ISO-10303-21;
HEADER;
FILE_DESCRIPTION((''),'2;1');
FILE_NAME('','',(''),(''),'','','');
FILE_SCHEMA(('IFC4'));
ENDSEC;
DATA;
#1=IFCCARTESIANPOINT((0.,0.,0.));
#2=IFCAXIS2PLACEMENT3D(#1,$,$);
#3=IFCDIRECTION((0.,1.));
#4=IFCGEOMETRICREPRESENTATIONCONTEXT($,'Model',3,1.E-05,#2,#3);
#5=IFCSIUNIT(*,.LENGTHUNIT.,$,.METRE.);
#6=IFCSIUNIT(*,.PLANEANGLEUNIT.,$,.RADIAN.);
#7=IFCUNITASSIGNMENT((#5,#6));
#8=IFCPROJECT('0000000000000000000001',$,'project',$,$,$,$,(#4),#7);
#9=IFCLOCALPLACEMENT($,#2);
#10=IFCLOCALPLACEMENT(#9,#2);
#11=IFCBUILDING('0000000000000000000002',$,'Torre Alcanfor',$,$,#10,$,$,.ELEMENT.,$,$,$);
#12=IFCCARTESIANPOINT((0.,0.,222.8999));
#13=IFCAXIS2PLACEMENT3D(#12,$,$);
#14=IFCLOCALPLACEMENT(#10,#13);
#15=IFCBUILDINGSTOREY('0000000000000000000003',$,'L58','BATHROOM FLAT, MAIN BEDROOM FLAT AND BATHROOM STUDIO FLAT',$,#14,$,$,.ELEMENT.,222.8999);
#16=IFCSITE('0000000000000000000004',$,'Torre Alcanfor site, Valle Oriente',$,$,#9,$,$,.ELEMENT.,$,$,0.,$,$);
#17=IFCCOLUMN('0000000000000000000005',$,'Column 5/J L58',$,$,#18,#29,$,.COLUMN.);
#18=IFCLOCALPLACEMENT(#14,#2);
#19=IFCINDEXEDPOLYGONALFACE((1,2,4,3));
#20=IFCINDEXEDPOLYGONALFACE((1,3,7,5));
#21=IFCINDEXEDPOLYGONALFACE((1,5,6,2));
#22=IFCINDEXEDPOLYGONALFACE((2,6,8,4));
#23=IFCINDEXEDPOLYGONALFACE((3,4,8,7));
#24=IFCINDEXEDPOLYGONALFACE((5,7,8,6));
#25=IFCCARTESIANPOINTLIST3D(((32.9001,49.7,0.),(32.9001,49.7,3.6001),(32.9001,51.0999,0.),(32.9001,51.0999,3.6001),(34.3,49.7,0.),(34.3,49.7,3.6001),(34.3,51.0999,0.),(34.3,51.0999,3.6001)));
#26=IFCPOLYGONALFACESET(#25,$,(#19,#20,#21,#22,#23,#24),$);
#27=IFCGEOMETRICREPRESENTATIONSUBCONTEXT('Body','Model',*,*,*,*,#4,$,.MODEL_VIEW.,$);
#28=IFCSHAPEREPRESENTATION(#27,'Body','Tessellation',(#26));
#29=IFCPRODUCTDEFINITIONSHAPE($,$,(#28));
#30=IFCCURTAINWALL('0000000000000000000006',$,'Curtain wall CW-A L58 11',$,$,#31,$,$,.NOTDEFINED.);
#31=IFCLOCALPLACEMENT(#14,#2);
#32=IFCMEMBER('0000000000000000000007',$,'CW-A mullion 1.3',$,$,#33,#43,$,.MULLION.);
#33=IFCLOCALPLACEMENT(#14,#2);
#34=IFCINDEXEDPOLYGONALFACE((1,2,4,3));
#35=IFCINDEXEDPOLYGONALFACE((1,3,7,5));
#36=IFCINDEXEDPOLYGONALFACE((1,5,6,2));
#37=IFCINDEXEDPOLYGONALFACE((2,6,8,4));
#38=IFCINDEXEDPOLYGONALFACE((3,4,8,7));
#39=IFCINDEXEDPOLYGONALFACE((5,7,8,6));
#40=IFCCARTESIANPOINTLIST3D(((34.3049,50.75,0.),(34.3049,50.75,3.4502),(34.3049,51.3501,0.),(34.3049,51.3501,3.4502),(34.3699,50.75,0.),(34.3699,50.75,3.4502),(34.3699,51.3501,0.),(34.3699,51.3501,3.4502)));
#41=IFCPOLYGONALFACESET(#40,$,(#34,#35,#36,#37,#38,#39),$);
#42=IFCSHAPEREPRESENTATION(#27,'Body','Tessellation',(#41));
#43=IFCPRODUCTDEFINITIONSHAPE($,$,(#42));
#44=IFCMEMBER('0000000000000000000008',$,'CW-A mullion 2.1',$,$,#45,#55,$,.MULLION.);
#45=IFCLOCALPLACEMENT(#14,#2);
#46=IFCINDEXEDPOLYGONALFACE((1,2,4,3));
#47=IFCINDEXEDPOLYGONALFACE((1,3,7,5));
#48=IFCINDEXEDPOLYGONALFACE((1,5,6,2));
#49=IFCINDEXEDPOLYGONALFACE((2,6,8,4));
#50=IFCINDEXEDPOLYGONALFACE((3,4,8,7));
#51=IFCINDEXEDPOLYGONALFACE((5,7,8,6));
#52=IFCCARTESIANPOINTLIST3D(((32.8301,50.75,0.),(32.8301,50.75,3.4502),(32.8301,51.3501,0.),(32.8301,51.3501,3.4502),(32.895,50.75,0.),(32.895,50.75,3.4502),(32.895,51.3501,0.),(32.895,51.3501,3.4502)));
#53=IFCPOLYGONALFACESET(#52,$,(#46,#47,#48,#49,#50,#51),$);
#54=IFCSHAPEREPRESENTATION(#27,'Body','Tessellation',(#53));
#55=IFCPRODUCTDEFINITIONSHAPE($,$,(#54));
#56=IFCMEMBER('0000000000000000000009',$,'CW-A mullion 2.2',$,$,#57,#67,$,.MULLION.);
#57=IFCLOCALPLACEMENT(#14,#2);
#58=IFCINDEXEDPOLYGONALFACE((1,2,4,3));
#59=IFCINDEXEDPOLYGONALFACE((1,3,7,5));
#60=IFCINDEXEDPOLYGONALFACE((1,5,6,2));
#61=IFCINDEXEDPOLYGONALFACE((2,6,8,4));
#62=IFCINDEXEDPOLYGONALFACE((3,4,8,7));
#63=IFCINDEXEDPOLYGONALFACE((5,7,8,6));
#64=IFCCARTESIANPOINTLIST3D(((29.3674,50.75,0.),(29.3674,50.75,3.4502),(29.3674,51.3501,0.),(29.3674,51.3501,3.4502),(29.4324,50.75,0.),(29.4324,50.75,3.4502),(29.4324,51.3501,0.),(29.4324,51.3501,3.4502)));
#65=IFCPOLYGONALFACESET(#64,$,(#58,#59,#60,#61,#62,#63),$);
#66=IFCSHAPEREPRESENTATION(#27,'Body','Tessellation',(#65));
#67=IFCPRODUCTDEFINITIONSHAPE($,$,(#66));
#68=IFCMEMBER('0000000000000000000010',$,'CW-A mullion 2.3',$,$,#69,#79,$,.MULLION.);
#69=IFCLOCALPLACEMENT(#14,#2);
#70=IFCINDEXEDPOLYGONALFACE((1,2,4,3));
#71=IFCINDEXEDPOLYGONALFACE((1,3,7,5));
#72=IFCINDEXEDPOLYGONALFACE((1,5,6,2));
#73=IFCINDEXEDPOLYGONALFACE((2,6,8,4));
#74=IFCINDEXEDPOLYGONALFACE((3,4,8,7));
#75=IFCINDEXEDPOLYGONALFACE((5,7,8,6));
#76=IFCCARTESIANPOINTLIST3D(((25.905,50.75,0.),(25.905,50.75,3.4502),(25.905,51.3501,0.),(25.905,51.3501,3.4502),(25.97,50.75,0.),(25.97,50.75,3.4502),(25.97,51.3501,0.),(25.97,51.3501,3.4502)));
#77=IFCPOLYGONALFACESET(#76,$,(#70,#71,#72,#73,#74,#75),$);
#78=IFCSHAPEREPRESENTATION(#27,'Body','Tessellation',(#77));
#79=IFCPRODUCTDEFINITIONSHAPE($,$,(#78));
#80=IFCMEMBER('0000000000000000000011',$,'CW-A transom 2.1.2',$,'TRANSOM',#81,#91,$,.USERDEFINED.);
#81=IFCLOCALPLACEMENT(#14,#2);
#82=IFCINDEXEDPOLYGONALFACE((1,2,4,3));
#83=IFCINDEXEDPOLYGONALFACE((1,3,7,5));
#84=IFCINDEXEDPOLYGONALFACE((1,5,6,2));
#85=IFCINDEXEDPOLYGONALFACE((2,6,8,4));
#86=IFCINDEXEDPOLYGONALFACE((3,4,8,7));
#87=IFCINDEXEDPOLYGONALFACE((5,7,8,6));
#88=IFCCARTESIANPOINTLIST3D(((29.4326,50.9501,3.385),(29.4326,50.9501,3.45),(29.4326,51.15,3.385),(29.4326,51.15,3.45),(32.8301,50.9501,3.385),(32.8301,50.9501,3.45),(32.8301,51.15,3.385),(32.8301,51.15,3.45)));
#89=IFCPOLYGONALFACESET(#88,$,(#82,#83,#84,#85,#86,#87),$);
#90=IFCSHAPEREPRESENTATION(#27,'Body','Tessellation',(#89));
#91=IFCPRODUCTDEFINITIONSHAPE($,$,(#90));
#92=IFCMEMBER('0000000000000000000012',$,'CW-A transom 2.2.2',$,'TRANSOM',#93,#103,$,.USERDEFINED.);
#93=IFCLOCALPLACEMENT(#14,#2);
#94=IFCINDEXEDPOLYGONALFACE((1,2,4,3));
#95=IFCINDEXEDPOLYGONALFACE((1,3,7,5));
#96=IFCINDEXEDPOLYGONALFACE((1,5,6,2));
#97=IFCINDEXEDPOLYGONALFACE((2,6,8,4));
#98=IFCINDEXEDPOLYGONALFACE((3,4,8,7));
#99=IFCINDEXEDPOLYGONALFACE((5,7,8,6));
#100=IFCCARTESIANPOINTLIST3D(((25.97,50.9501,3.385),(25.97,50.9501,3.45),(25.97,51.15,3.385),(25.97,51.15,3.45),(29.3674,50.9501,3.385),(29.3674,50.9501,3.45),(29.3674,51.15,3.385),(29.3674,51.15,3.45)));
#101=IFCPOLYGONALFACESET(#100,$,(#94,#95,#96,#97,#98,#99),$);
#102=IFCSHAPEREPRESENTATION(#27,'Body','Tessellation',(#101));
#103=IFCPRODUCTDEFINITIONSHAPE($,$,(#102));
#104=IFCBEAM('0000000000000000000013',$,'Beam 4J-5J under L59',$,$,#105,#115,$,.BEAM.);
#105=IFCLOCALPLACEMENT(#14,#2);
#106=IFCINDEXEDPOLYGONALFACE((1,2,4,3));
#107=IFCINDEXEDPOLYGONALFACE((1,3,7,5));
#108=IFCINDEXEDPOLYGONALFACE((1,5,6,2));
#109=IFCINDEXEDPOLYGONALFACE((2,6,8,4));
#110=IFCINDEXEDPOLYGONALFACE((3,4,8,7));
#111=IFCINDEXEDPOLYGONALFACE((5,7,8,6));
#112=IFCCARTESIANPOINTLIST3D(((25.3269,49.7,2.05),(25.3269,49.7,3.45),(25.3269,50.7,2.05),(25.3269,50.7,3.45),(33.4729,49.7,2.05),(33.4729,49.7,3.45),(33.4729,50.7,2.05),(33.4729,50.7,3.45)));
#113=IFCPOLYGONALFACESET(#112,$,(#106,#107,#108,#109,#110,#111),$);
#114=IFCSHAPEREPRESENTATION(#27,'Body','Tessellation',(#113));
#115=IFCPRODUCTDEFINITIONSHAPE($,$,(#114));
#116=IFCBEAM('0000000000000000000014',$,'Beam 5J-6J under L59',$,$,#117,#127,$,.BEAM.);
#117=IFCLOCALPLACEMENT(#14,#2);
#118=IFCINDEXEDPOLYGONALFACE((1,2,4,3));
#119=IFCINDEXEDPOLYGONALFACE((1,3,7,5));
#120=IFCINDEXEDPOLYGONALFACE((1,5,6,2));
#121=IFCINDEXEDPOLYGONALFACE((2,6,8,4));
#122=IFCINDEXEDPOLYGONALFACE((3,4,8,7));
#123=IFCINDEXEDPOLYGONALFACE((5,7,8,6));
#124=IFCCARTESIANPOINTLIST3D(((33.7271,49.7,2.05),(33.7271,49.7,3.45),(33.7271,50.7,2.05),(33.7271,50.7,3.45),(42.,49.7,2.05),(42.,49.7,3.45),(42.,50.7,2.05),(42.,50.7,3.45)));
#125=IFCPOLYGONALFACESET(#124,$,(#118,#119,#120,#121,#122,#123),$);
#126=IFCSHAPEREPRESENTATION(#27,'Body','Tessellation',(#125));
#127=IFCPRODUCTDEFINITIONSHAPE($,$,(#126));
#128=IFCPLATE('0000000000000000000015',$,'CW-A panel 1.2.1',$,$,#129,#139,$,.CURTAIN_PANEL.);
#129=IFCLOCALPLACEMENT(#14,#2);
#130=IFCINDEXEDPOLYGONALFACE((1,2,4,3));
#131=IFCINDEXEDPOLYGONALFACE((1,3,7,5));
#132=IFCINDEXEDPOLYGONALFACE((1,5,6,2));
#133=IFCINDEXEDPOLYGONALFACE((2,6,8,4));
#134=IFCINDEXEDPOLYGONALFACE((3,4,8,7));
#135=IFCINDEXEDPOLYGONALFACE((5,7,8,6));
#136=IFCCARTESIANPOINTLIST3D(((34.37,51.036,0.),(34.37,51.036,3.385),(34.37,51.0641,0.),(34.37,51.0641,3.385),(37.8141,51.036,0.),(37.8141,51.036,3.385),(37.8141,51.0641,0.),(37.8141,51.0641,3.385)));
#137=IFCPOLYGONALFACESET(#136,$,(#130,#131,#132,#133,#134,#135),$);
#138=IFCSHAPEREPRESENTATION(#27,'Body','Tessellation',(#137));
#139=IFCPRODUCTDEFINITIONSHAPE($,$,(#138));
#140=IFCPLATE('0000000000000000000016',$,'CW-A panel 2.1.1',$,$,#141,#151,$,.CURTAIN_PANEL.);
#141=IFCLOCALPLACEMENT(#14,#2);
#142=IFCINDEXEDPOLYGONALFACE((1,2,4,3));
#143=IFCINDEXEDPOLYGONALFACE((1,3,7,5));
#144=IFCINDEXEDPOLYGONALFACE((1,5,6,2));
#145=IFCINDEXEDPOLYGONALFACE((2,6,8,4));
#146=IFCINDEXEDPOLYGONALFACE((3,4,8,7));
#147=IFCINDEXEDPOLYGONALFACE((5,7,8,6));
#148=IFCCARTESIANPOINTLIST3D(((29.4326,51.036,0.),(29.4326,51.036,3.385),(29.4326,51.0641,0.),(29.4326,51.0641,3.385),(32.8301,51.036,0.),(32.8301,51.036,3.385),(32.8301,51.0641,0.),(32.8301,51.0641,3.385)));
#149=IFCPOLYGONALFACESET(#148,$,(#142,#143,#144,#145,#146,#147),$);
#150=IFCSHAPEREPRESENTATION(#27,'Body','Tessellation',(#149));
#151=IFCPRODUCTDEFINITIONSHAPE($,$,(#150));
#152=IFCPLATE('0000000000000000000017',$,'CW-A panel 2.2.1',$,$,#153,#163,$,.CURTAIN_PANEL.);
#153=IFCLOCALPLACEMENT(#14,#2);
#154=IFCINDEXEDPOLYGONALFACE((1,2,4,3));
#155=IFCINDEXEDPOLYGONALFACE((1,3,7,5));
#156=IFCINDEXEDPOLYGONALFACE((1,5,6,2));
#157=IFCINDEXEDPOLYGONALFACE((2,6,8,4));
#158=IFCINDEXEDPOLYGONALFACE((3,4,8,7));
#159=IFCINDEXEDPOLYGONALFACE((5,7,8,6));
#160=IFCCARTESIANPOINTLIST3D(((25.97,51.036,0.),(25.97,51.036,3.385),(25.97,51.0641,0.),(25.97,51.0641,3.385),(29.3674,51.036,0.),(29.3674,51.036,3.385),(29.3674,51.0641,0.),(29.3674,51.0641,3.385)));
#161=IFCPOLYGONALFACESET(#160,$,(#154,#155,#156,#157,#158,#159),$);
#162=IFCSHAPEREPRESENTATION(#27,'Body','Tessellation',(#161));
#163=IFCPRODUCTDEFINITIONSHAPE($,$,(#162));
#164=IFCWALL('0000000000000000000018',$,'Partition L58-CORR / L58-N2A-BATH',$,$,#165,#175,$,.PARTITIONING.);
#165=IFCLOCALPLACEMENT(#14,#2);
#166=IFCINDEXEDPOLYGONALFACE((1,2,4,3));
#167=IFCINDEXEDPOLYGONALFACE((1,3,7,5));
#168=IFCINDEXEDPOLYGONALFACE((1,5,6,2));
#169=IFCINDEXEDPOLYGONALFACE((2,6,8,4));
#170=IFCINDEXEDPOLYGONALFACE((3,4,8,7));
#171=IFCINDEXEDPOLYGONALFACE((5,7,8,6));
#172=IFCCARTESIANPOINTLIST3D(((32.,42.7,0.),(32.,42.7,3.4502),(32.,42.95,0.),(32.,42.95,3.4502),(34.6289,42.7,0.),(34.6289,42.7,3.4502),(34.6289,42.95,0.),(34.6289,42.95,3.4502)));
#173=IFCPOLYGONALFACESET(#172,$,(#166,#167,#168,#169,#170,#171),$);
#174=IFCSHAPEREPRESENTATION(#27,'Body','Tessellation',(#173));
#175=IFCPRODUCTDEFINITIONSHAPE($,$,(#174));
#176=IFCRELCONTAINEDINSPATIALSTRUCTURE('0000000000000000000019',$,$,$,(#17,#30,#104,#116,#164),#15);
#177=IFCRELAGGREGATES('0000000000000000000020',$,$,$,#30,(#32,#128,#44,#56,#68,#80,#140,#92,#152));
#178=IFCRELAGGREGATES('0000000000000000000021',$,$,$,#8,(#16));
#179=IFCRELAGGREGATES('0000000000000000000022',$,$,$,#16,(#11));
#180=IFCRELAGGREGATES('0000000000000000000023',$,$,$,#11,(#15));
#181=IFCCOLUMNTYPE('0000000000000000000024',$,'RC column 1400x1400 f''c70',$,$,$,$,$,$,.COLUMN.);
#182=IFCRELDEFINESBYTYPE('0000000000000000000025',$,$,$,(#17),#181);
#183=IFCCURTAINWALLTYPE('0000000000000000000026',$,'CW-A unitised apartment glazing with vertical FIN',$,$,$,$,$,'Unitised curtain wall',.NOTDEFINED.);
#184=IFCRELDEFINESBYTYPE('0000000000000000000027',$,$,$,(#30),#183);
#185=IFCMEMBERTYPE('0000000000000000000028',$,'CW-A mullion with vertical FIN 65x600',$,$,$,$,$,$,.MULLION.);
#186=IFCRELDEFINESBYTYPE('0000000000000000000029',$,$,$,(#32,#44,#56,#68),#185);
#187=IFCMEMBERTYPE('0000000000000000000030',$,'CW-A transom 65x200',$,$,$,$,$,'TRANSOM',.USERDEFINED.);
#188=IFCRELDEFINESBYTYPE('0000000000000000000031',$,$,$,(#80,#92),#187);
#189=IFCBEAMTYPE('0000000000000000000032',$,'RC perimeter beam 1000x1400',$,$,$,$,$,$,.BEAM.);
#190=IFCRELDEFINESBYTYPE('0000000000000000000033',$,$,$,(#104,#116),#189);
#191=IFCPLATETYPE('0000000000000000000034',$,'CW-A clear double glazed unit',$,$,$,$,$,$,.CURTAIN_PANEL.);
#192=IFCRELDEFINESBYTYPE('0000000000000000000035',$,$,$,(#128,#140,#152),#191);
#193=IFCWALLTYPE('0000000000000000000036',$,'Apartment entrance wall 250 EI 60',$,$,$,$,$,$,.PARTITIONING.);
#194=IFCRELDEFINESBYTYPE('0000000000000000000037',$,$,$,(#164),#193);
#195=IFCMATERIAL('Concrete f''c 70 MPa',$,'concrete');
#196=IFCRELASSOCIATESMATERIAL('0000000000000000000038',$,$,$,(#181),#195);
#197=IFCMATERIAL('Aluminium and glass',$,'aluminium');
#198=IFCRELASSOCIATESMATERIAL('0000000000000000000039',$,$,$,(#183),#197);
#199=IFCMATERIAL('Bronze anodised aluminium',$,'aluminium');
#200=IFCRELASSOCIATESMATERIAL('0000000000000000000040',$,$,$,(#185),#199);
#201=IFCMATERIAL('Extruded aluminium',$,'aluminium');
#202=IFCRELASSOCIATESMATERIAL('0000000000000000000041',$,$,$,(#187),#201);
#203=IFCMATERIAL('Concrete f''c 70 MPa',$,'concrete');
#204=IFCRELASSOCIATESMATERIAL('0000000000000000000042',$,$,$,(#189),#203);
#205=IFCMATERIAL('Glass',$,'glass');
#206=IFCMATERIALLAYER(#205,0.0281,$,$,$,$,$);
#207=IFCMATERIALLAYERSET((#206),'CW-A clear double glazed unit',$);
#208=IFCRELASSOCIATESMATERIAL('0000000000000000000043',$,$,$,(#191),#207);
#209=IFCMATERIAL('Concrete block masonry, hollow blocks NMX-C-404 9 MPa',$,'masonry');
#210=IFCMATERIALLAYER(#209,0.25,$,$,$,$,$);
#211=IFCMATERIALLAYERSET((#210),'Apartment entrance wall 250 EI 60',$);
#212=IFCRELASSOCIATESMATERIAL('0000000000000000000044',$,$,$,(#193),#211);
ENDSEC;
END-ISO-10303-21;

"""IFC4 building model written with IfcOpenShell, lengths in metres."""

from ifc_helpers import new_model, si_unit, direction, frame, frame_2d, origin, origin_2d, place, context, subcontext, project, spatial, rectangle, extrude, material, layer, layer_set, material_profile, profile_set, type_object, element, aggregate, save


model = new_model("IFC4")

# Units and contexts
model_context = context("Model", 3, precision=1e-05, world=origin(), true_north=direction((0.0, 1.0)))
body_context = subcontext(model_context, "Body", "Model", "MODEL_VIEW")
ifc_project = project(units=[si_unit("LENGTHUNIT", "METRE"), si_unit("PLANEANGLEUNIT", "RADIAN")], contexts=[model_context])

# Site, building, storey
site_placement = place(None, origin())
site = spatial("IfcSite", under=ifc_project, at=site_placement, Name="Torre Alcanfor site, Valle Oriente", CompositionType="ELEMENT", RefElevation=0.0)
building_placement = place(site_placement, origin())
building = spatial("IfcBuilding", under=site, at=building_placement, Name="Torre Alcanfor", CompositionType="ELEMENT")
storey_placement = place(building_placement, frame((0.0, 0.0, 222.8999)))
storey = spatial("IfcBuildingStorey", under=building, at=storey_placement, Name="L58", Description="BATHROOM FLAT, MAIN BEDROOM FLAT AND BATHROOM STUDIO FLAT", CompositionType="ELEMENT", Elevation=222.8999)

# Column
ifc_material_1 = material(Name="Concrete f'c 70 MPa", Category="concrete")
ifc_material_profile_1 = material_profile(ifc_material_1, rectangle(XDim=1.3999, YDim=1.3999, at=origin_2d()), Name="1400x1400")
ifc_profile_set_1 = profile_set([ifc_material_profile_1], Name="Concrete f'c 70 MPa")
column_type = type_object("IfcColumnType", Name="RC column 1400x1400 f'c70", PredefinedType="COLUMN", material=ifc_profile_set_1)
column_placement = place(storey_placement, frame((33.6001, 50.3999, 0.0), z_axis=(0.0, 0.0, 1.0), x_axis=(1.0, 0.0, 0.0)))
element("IfcColumn", 1, at=column_placement, inside=storey, type_object=column_type, Name="Column 5/J L58", PredefinedType="COLUMN", context=body_context, shape_type="SweptSolid", body=[
    extrude(rectangle(XDim=1.3999, YDim=1.3999, at=origin_2d()), origin(), (0.0, 0.0, 1.0), 3.6001),
])

# Curtain wall, members
ifc_material_2 = material(Name="Aluminium and glass", Category="aluminium")
curtain_wall_type = type_object("IfcCurtainWallType", Name="CW-A unitised apartment glazing with vertical FIN", ElementType="Unitised curtain wall", PredefinedType="NOTDEFINED", material=ifc_material_2)
curtain_wall_placement = place(storey_placement, origin())
curtain_wall = element("IfcCurtainWall", 2, at=curtain_wall_placement, inside=storey, type_object=curtain_wall_type, Name="Curtain wall CW-A L58 11", PredefinedType="NOTDEFINED")
ifc_material_3 = material(Name="Bronze anodised aluminium", Category="aluminium")
ifc_material_profile_2 = material_profile(ifc_material_3, rectangle(XDim=0.6001, YDim=0.0649, at=origin_2d()), Name="CW-A mullion 65x600")
ifc_profile_set_2 = profile_set([ifc_material_profile_2], Name="Bronze anodised aluminium")
member_type_1 = type_object("IfcMemberType", Name="CW-A mullion with vertical FIN 65x600", PredefinedType="MULLION", material=ifc_profile_set_2)
member_1_placement = place(storey_placement, frame((34.3374, 51.05, 0.0), z_axis=(0.0, 0.0, 1.0), x_axis=(0.0, -1.0, 0.0)))
member_1 = element("IfcMember", 3, at=member_1_placement, type_object=member_type_1, Name="CW-A mullion 1.3", PredefinedType="MULLION", context=body_context, shape_type="SweptSolid", body=[
    extrude(rectangle(XDim=0.6001, YDim=0.0649, at=origin_2d()), origin(), (0.0, 0.0, 1.0), 3.4502),
])
member_2_placement = place(storey_placement, frame((32.8625, 51.05, 0.0), z_axis=(0.0, 0.0, 1.0), x_axis=(0.0, -1.0, 0.0)))
member_2 = element("IfcMember", 4, at=member_2_placement, type_object=member_type_1, Name="CW-A mullion 2.1", PredefinedType="MULLION", context=body_context, shape_type="SweptSolid", body=[
    extrude(rectangle(XDim=0.6001, YDim=0.0649, at=origin_2d()), origin(), (0.0, 0.0, 1.0), 3.4502),
])
member_3_placement = place(storey_placement, frame((29.3999, 51.05, 0.0), z_axis=(0.0, 0.0, 1.0), x_axis=(0.0, -1.0, 0.0)))
member_3 = element("IfcMember", 5, at=member_3_placement, type_object=member_type_1, Name="CW-A mullion 2.2", PredefinedType="MULLION", context=body_context, shape_type="SweptSolid", body=[
    extrude(rectangle(XDim=0.6001, YDim=0.0649, at=origin_2d()), origin(), (0.0, 0.0, 1.0), 3.4502),
])
member_4_placement = place(storey_placement, frame((25.9375, 51.05, 0.0), z_axis=(0.0, 0.0, 1.0), x_axis=(0.0, -1.0, 0.0)))
member_4 = element("IfcMember", 6, at=member_4_placement, type_object=member_type_1, Name="CW-A mullion 2.3", PredefinedType="MULLION", context=body_context, shape_type="SweptSolid", body=[
    extrude(rectangle(XDim=0.6001, YDim=0.0649, at=origin_2d()), origin(), (0.0, 0.0, 1.0), 3.4502),
])
ifc_material_4 = material(Name="Extruded aluminium", Category="aluminium")
ifc_material_profile_3 = material_profile(ifc_material_4, rectangle(XDim=0.2, YDim=0.0649, at=origin_2d()), Name="CW-A transom 200x65")
ifc_profile_set_3 = profile_set([ifc_material_profile_3], Name="Extruded aluminium")
member_type_2 = type_object("IfcMemberType", Name="CW-A transom 65x200", ElementType="TRANSOM", PredefinedType="USERDEFINED", material=ifc_profile_set_3)
member_5_placement = place(storey_placement, frame((32.8301, 51.05, 3.4175), z_axis=(-1.0, 0.0, 0.0), x_axis=(0.0, -1.0, 0.0)))
member_5 = element("IfcMember", 7, at=member_5_placement, type_object=member_type_2, Name="CW-A transom 2.1.2", ObjectType="TRANSOM", PredefinedType="USERDEFINED", context=body_context, shape_type="SweptSolid", body=[
    extrude(rectangle(XDim=0.2, YDim=0.0649, at=origin_2d()), origin(), (0.0, 0.0, 1.0), 3.3975),
])
member_6_placement = place(storey_placement, frame((29.3674, 51.05, 3.4175), z_axis=(-1.0, 0.0, 0.0), x_axis=(0.0, -1.0, 0.0)))
member_6 = element("IfcMember", 8, at=member_6_placement, type_object=member_type_2, Name="CW-A transom 2.2.2", ObjectType="TRANSOM", PredefinedType="USERDEFINED", context=body_context, shape_type="SweptSolid", body=[
    extrude(rectangle(XDim=0.2, YDim=0.0649, at=origin_2d()), origin(), (0.0, 0.0, 1.0), 3.3975),
])

# Beams
ifc_material_5 = material(Name="Concrete f'c 70 MPa", Category="concrete")
ifc_material_profile_4 = material_profile(ifc_material_5, rectangle(XDim=1.0, YDim=1.3999, at=origin_2d()), Name="1000x1400")
ifc_profile_set_4 = profile_set([ifc_material_profile_4], Name="Concrete f'c 70 MPa")
beam_type = type_object("IfcBeamType", Name="RC perimeter beam 1000x1400", PredefinedType="BEAM", material=ifc_profile_set_4)
beam_1_placement = place(storey_placement, frame((25.3269, 50.2, 2.75), z_axis=(1.0, 0.0, 0.0), x_axis=(0.0, 1.0, 0.0)))
element("IfcBeam", 9, at=beam_1_placement, inside=storey, type_object=beam_type, Name="Beam 4J-5J under L59", PredefinedType="BEAM", context=body_context, shape_type="SweptSolid", body=[
    extrude(rectangle(XDim=1.0, YDim=1.3999, at=origin_2d()), origin(), (0.0, 0.0, 1.0), 8.146),
])
beam_2_placement = place(storey_placement, frame((33.7271, 50.2, 2.75), z_axis=(1.0, 0.0, 0.0), x_axis=(0.0, 1.0, 0.0)))
element("IfcBeam", 10, at=beam_2_placement, inside=storey, type_object=beam_type, Name="Beam 5J-6J under L59", PredefinedType="BEAM", context=body_context, shape_type="SweptSolid", body=[
    extrude(rectangle(XDim=1.0, YDim=1.3999, at=origin_2d()), origin(), (0.0, 0.0, 1.0), 8.2729),
])

# Plates
ifc_material_6 = material(Name="Glass", Category="glass")
ifc_layer_1 = layer(ifc_material_6, 0.0281)
ifc_layer_set_1 = layer_set([ifc_layer_1], Name="CW-A clear double glazed unit")
plate_type = type_object("IfcPlateType", Name="CW-A clear double glazed unit", PredefinedType="CURTAIN_PANEL", material=ifc_layer_set_1)
plate_1_placement = place(storey_placement, frame((36.092, 51.05, 0.0), z_axis=(0.0, 0.0, 1.0), x_axis=(-1.0, 0.0, 0.0)))
plate_1 = element("IfcPlate", 11, at=plate_1_placement, type_object=plate_type, Name="CW-A panel 1.2.1", PredefinedType="CURTAIN_PANEL", context=body_context, shape_type="SweptSolid", body=[
    extrude(rectangle(XDim=3.4441, YDim=0.0281, at=origin_2d()), origin(), (0.0, 0.0, 1.0), 3.385),
])
plate_2_placement = place(storey_placement, frame((31.1313, 51.05, 0.0), z_axis=(0.0, 0.0, 1.0), x_axis=(-1.0, 0.0, 0.0)))
plate_2 = element("IfcPlate", 12, at=plate_2_placement, type_object=plate_type, Name="CW-A panel 2.1.1", PredefinedType="CURTAIN_PANEL", context=body_context, shape_type="SweptSolid", body=[
    extrude(rectangle(XDim=3.3975, YDim=0.0281, at=origin_2d()), origin(), (0.0, 0.0, 1.0), 3.385),
])
plate_3_placement = place(storey_placement, frame((27.6687, 51.05, 0.0), z_axis=(0.0, 0.0, 1.0), x_axis=(-1.0, 0.0, 0.0)))
plate_3 = element("IfcPlate", 13, at=plate_3_placement, type_object=plate_type, Name="CW-A panel 2.2.1", PredefinedType="CURTAIN_PANEL", context=body_context, shape_type="SweptSolid", body=[
    extrude(rectangle(XDim=3.3975, YDim=0.0281, at=origin_2d()), origin(), (0.0, 0.0, 1.0), 3.385),
])
aggregate(curtain_wall, [member_1, plate_1, member_2, member_3, member_4, member_5, plate_2, member_6, plate_3])

# Wall
ifc_material_7 = material(Name="Concrete block masonry, hollow blocks NMX-C-404 9 MPa", Category="masonry")
ifc_layer_2 = layer(ifc_material_7, 0.25)
ifc_layer_set_2 = layer_set([ifc_layer_2], Name="Apartment entrance wall 250 EI 60")
wall_type_1 = type_object("IfcWallType", Name="Apartment entrance wall 250 EI 60", PredefinedType="PARTITIONING", material=ifc_layer_set_2)
wall_1_placement = place(storey_placement, frame((32.0, 42.825, 0.0), z_axis=(0.0, 0.0, 1.0), x_axis=(1.0, 0.0, 0.0)))
element("IfcWall", 14, at=wall_1_placement, inside=storey, type_object=wall_type_1, Name="Partition L58-CORR / L58-N2A-BATH", PredefinedType="PARTITIONING", context=body_context, shape_type="SweptSolid", body=[
    extrude(rectangle(XDim=2.6289, YDim=0.25, at=frame_2d((1.3145, 0.0))), origin(), (0.0, 0.0, 1.0), 3.4502),
])

save(model, "model.ifc")
